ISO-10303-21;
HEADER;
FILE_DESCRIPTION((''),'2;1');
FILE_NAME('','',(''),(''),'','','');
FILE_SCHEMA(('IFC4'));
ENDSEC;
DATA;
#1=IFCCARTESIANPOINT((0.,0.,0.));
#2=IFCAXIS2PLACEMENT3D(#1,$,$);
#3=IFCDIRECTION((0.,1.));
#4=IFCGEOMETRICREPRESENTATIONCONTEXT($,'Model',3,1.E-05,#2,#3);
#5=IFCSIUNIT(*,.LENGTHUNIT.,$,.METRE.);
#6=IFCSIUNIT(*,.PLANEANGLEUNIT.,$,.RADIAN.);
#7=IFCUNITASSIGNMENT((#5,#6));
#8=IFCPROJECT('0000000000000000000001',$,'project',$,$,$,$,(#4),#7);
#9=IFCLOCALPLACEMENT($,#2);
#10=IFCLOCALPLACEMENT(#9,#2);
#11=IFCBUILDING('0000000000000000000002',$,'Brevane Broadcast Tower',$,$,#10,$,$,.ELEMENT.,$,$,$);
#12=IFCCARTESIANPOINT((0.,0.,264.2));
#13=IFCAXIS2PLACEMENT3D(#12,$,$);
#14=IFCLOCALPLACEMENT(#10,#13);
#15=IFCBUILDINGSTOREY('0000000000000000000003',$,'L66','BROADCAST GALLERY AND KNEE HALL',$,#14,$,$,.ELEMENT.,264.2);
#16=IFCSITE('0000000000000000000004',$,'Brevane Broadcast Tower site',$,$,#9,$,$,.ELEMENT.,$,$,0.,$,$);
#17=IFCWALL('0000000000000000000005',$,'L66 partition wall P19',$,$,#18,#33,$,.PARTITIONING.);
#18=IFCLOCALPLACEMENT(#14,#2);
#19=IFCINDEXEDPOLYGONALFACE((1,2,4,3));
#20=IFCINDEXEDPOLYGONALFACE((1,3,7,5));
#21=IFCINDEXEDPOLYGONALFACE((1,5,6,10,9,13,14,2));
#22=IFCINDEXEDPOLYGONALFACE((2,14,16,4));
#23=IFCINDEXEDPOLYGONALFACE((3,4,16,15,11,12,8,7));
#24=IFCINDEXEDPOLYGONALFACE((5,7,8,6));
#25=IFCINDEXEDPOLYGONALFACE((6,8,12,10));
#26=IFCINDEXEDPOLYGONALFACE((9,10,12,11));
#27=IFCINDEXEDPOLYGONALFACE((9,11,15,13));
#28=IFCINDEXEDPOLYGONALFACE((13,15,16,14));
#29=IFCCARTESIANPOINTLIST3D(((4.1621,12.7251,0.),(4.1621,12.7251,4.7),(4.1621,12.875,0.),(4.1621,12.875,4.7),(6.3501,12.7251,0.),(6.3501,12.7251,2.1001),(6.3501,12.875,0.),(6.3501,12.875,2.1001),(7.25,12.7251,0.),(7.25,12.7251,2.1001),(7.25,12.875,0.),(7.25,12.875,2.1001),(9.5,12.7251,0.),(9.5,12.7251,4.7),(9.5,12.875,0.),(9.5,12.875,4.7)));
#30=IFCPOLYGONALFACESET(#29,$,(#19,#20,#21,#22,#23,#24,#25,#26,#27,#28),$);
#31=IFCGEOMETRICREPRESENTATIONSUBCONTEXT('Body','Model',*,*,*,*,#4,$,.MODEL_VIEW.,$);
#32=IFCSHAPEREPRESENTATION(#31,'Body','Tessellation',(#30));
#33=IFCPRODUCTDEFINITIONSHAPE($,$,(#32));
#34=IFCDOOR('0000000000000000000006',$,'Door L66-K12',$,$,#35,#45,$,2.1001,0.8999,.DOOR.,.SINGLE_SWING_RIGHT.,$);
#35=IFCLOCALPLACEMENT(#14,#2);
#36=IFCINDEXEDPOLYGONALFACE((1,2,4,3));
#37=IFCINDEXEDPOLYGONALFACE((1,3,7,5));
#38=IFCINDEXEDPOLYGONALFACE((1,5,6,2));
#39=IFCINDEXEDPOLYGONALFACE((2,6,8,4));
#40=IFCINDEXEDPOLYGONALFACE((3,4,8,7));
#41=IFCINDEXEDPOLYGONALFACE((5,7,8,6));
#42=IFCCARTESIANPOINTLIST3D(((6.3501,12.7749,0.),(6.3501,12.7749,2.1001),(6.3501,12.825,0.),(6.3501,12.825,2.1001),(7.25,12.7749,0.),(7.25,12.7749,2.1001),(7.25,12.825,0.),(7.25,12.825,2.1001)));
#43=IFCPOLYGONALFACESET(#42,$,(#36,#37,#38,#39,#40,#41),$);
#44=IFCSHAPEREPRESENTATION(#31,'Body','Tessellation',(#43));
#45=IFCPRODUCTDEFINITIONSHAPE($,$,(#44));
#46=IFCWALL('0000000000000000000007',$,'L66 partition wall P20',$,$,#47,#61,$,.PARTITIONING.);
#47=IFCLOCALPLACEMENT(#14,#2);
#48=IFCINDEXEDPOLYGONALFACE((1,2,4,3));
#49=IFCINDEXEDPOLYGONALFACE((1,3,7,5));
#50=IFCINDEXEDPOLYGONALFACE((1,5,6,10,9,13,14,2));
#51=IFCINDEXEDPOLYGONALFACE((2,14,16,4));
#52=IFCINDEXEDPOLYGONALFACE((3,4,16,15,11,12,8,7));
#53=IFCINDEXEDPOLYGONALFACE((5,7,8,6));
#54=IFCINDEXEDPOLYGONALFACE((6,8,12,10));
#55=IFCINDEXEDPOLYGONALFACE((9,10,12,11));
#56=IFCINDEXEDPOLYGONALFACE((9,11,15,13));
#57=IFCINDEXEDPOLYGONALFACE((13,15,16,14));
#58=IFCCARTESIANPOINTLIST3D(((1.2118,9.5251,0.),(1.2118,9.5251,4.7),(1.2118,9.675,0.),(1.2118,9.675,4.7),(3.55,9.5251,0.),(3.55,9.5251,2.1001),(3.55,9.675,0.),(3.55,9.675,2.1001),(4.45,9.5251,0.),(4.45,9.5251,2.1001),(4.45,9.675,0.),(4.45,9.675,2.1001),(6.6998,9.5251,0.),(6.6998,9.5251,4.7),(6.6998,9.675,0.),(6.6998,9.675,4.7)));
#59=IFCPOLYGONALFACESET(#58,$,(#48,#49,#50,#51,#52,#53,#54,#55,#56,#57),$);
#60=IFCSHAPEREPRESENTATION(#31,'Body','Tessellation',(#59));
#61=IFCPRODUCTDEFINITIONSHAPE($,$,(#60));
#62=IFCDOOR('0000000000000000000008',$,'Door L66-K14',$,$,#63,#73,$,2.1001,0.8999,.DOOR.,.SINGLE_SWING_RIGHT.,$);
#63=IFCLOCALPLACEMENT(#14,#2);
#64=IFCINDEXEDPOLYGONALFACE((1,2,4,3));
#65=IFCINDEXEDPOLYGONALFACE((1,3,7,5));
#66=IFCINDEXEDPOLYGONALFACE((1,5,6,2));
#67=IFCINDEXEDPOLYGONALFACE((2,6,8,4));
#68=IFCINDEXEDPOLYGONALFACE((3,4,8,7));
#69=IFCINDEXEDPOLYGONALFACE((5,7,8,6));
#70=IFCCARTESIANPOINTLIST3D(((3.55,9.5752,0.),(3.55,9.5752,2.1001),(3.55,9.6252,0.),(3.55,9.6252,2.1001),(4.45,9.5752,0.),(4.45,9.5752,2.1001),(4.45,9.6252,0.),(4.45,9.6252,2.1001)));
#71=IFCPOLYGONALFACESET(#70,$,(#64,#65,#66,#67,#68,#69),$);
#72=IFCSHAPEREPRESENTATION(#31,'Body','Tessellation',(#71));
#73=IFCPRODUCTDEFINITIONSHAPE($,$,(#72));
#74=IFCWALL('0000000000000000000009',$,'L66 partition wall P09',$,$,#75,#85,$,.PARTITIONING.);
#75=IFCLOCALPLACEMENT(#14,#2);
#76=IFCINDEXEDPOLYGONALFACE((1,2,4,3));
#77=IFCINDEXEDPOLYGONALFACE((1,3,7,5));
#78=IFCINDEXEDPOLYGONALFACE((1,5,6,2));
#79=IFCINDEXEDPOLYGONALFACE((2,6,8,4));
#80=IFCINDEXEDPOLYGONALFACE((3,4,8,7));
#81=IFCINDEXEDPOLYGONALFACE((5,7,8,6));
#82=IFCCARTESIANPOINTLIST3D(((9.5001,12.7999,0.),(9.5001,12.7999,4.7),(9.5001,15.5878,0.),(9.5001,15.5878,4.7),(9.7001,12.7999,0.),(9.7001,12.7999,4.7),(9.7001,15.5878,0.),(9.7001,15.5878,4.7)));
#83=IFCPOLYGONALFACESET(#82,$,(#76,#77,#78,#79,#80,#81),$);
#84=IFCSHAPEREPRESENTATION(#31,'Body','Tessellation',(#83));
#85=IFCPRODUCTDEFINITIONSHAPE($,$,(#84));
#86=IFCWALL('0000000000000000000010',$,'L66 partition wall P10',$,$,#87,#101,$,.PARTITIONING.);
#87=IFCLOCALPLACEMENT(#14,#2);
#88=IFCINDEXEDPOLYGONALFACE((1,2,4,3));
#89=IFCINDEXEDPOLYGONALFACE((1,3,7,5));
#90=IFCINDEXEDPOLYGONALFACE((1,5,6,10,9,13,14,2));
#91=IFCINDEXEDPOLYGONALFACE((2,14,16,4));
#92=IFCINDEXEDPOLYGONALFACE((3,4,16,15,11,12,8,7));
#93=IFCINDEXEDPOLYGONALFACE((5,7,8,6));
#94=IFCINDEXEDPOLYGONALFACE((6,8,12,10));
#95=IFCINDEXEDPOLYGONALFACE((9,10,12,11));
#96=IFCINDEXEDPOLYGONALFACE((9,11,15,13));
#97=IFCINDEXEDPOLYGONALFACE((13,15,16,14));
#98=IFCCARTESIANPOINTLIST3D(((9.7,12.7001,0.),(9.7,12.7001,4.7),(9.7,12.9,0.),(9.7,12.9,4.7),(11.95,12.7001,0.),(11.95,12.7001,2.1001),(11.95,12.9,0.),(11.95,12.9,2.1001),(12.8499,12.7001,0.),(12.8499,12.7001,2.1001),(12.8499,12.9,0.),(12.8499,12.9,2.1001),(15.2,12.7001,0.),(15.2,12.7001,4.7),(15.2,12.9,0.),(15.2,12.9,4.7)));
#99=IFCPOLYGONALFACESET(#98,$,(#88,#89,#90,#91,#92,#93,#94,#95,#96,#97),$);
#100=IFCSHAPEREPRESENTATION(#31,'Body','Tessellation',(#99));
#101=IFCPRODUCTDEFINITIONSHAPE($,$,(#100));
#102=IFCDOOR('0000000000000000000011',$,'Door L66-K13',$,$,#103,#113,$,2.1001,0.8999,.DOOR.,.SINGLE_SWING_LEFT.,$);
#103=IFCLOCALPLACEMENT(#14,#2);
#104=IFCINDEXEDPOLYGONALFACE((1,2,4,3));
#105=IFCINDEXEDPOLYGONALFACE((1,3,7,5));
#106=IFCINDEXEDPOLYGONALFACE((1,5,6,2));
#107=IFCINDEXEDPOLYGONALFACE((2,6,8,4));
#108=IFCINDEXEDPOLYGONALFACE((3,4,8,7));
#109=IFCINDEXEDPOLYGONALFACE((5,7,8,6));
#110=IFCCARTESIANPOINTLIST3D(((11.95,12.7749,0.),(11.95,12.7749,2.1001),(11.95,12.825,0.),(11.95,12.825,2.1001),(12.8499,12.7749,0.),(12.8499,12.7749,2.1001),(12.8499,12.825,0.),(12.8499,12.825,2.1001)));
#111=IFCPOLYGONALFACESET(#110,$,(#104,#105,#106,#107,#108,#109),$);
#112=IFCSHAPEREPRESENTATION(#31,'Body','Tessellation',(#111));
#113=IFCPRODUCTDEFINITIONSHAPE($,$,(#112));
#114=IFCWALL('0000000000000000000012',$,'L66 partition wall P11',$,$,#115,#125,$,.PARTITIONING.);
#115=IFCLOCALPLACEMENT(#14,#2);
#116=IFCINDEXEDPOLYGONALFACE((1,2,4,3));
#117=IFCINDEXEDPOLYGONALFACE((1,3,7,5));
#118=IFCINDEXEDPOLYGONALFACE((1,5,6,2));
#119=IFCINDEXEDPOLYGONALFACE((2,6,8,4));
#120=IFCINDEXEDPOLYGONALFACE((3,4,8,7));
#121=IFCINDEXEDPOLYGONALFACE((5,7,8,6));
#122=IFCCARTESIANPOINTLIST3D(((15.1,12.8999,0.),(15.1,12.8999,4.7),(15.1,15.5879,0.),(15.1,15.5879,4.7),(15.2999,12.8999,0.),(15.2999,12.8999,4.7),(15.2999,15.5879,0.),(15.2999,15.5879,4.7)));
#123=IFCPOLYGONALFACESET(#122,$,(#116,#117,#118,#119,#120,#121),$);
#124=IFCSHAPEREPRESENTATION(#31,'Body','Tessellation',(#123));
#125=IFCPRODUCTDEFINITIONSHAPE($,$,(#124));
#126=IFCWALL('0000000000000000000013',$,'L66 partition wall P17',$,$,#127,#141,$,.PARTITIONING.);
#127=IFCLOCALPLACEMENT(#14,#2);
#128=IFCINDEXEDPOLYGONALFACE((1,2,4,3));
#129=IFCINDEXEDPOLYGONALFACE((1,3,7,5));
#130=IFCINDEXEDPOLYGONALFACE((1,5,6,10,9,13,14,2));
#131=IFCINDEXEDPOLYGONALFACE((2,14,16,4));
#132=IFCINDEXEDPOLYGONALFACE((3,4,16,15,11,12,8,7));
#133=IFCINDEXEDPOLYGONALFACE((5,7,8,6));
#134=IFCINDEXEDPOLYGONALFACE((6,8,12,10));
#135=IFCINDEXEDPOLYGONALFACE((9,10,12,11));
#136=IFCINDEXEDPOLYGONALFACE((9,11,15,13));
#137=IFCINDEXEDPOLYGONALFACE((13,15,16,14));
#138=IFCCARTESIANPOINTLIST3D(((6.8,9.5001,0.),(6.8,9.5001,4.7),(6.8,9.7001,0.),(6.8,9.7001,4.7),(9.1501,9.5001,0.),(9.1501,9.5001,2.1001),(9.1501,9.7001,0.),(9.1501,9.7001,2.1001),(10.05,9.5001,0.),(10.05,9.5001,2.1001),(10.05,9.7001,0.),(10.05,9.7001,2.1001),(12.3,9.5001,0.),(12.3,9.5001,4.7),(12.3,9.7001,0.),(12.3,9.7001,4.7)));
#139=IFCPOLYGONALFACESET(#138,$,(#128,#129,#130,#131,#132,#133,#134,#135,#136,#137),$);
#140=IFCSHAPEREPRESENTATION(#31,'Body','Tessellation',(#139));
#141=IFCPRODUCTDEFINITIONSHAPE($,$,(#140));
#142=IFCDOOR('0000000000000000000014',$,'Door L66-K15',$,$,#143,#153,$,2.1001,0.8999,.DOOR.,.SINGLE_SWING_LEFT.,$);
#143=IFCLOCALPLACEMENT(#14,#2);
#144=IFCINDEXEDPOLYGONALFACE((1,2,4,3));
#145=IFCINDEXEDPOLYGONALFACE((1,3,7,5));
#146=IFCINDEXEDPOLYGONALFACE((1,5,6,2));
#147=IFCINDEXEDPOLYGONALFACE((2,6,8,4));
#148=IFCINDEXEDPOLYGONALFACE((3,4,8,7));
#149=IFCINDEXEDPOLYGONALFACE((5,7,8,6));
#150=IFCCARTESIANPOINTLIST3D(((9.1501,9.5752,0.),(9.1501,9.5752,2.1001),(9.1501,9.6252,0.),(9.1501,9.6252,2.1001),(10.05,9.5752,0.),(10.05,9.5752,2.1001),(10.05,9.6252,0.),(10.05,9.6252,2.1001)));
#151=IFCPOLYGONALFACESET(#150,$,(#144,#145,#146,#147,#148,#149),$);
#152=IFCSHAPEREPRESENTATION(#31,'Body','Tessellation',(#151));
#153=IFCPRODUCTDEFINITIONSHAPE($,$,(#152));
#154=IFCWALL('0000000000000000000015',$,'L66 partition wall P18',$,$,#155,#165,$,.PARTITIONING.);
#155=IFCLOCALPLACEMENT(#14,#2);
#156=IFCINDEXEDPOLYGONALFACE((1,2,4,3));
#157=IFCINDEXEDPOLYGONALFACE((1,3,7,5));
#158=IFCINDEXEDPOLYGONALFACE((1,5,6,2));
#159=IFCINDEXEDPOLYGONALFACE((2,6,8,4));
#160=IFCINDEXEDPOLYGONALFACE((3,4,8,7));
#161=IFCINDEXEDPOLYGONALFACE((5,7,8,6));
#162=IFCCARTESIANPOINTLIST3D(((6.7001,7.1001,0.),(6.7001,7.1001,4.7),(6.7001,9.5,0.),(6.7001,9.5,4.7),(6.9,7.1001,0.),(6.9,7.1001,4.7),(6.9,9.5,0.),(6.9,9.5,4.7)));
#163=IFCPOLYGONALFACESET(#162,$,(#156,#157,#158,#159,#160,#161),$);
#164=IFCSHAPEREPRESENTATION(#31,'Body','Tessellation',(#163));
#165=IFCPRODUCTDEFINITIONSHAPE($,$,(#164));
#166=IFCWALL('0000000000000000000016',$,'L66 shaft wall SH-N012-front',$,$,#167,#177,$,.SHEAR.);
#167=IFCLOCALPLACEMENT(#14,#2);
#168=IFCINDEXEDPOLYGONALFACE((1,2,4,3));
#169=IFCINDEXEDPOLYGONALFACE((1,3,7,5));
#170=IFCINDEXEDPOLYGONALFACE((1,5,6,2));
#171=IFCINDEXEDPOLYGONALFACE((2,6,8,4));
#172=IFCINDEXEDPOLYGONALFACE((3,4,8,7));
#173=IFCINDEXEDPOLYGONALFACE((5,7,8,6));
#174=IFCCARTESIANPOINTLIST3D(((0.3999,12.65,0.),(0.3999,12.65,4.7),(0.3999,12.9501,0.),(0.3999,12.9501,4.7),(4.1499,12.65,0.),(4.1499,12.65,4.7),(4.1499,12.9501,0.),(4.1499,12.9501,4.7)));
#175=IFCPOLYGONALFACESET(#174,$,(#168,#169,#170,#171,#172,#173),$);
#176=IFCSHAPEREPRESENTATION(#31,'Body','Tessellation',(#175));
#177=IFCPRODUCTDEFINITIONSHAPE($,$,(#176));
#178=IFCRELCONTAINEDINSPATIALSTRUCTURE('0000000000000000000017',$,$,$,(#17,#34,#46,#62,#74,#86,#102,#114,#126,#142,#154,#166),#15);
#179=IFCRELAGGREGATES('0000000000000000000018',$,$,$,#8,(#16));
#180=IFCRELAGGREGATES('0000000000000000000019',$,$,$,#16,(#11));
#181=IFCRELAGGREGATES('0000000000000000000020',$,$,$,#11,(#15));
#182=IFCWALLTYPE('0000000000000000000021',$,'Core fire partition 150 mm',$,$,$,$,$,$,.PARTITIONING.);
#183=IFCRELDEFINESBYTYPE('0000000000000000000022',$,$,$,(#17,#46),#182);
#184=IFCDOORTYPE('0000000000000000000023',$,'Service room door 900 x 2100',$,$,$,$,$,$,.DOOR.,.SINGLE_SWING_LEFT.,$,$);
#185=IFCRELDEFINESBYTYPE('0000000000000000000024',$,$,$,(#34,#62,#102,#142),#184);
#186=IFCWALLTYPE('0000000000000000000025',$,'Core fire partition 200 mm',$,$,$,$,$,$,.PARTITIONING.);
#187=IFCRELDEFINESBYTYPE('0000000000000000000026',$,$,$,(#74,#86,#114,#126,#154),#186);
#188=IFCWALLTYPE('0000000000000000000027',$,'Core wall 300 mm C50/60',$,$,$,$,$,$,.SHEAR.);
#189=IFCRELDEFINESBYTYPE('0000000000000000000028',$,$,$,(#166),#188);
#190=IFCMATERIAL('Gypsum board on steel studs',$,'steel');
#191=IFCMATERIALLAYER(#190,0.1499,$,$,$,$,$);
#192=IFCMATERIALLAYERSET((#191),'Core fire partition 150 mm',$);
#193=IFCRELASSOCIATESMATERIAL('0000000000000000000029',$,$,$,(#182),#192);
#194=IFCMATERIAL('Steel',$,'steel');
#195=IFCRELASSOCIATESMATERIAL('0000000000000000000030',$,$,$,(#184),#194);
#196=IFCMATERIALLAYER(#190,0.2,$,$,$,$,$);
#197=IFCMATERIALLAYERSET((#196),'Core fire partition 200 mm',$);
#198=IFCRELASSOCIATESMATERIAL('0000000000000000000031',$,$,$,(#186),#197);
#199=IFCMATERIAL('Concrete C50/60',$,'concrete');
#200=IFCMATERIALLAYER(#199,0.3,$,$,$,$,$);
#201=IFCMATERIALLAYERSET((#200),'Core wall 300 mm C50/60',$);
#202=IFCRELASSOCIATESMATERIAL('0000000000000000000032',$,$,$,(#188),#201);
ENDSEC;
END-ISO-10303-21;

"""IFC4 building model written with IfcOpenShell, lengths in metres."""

from ifc_helpers import new_model, si_unit, direction, frame, frame_2d, origin, place, context, subcontext, project, spatial, rectangle, extrude, material, layer, layer_set, type_object, element, fill, save


model = new_model("IFC4")

# Units and contexts
model_context = context("Model", 3, precision=1e-05, world=origin(), true_north=direction((0.0, 1.0)))
body_context = subcontext(model_context, "Body", "Model", "MODEL_VIEW")
ifc_project = project(units=[si_unit("LENGTHUNIT", "METRE"), si_unit("PLANEANGLEUNIT", "RADIAN")], contexts=[model_context])

# Site, building, storey
site_placement = place(None, origin())
site = spatial("IfcSite", under=ifc_project, at=site_placement, Name="Brevane Broadcast Tower site", CompositionType="ELEMENT", RefElevation=0.0)
building_placement = place(site_placement, origin())
building = spatial("IfcBuilding", under=site, at=building_placement, Name="Brevane Broadcast Tower", CompositionType="ELEMENT")
storey_placement = place(building_placement, frame((0.0, 0.0, 264.2)))
storey = spatial("IfcBuildingStorey", under=building, at=storey_placement, Name="L66", Description="BROADCAST GALLERY AND KNEE HALL", CompositionType="ELEMENT", Elevation=264.2)

# Walls, openings, doors
ifc_material_1 = material(Name="Gypsum board on steel studs", Category="steel")
ifc_layer_1 = layer(ifc_material_1, 0.1499)
ifc_layer_set_1 = layer_set([ifc_layer_1], Name="Core fire partition 150 mm")
wall_type_1 = type_object("IfcWallType", Name="Core fire partition 150 mm", PredefinedType="PARTITIONING", material=ifc_layer_set_1)
wall_1_placement = place(storey_placement, frame((4.1621, 12.8, 0.0), z_axis=(0.0, 0.0, 1.0), x_axis=(1.0, 0.0, 0.0)))
wall_1 = element("IfcWall", 1, at=wall_1_placement, inside=storey, type_object=wall_type_1, Name="L66 partition wall P19", PredefinedType="PARTITIONING", context=body_context, shape_type="SweptSolid", body=[
    extrude(rectangle(XDim=5.3379, YDim=0.1499, at=frame_2d((2.6689, 0.0))), origin(), (0.0, 0.0, 1.0), 4.7),
])
opening_1_placement = place(wall_1_placement, frame((2.188, 0.0, 0.0)))
opening_1 = element("IfcOpeningElement", 2, at=opening_1_placement, cuts=wall_1, PredefinedType="OPENING", context=body_context, shape_type="SweptSolid", body=[
    extrude(rectangle(XDim=0.8999, YDim=2.1001, at=frame_2d((0.45, 1.05))), frame((0.0, 0.085, 0.0), z_axis=(0.0, -1.0, 0.0), x_axis=(1.0, 0.0, 0.0)), (0.0, 0.0, 1.0), 0.1699),
])
ifc_material_2 = material(Name="Steel", Category="steel")
door_type_1 = type_object("IfcDoorType", Name="Service room door 900 x 2100", OperationType="SINGLE_SWING_LEFT", PredefinedType="DOOR", material=ifc_material_2)
door_1_placement = place(opening_1_placement, origin())
door_1 = element("IfcDoor", 3, at=door_1_placement, inside=storey, type_object=door_type_1, Name="Door L66-K12", OperationType="SINGLE_SWING_RIGHT", OverallHeight=2.1001, OverallWidth=0.8999, PredefinedType="DOOR", context=body_context, shape_type="SweptSolid", body=[
    extrude(rectangle(XDim=0.8999, YDim=2.1001, at=frame_2d((0.45, 1.05))), frame((0.0, 0.0249, 0.0), z_axis=(0.0, -1.0, 0.0), x_axis=(1.0, 0.0, 0.0)), (0.0, 0.0, 1.0), 0.05),
])
fill(opening_1, door_1)
wall_2_placement = place(storey_placement, frame((6.7, 9.6001, 0.0), z_axis=(0.0, 0.0, 1.0), x_axis=(-1.0, 0.0, 0.0)))
wall_2 = element("IfcWall", 4, at=wall_2_placement, inside=storey, type_object=wall_type_1, Name="L66 partition wall P20", PredefinedType="PARTITIONING", context=body_context, shape_type="SweptSolid", body=[
    extrude(rectangle(XDim=5.488, YDim=0.1499, at=frame_2d((2.7441, 0.0))), origin(), (0.0, 0.0, 1.0), 4.7),
])
opening_2_placement = place(wall_2_placement, frame((2.25, 0.0, 0.0)))
opening_2 = element("IfcOpeningElement", 5, at=opening_2_placement, cuts=wall_2, PredefinedType="OPENING", context=body_context, shape_type="SweptSolid", body=[
    extrude(rectangle(XDim=0.8999, YDim=2.1001, at=frame_2d((0.45, 1.05))), frame((0.0, 0.085, 0.0), z_axis=(0.0, -1.0, 0.0), x_axis=(1.0, 0.0, 0.0)), (0.0, 0.0, 1.0), 0.1699),
])
door_2_placement = place(opening_2_placement, origin())
door_2 = element("IfcDoor", 6, at=door_2_placement, inside=storey, type_object=door_type_1, Name="Door L66-K14", OperationType="SINGLE_SWING_RIGHT", OverallHeight=2.1001, OverallWidth=0.8999, PredefinedType="DOOR", context=body_context, shape_type="SweptSolid", body=[
    extrude(rectangle(XDim=0.8999, YDim=2.1001, at=frame_2d((0.45, 1.05))), frame((0.0, 0.0249, 0.0), z_axis=(0.0, -1.0, 0.0), x_axis=(1.0, 0.0, 0.0)), (0.0, 0.0, 1.0), 0.05),
])
fill(opening_2, door_2)

# Wall
ifc_layer_2 = layer(ifc_material_1, 0.2)
ifc_layer_set_2 = layer_set([ifc_layer_2], Name="Core fire partition 200 mm")
wall_type_2 = type_object("IfcWallType", Name="Core fire partition 200 mm", PredefinedType="PARTITIONING", material=ifc_layer_set_2)
wall_3_placement = place(storey_placement, frame((9.6001, 15.5879, 0.0), z_axis=(0.0, 0.0, 1.0), x_axis=(0.0, -1.0, 0.0)))
element("IfcWall", 7, at=wall_3_placement, inside=storey, type_object=wall_type_2, Name="L66 partition wall P09", PredefinedType="PARTITIONING", context=body_context, shape_type="SweptSolid", body=[
    extrude(rectangle(XDim=2.7878, YDim=0.2, at=frame_2d((1.394, 0.0))), origin(), (0.0, 0.0, 1.0), 4.7),
])

# Wall, opening, door
wall_4_placement = place(storey_placement, frame((9.7, 12.8, 0.0), z_axis=(0.0, 0.0, 1.0), x_axis=(1.0, 0.0, 0.0)))
wall_4 = element("IfcWall", 8, at=wall_4_placement, inside=storey, type_object=wall_type_2, Name="L66 partition wall P10", PredefinedType="PARTITIONING", context=body_context, shape_type="SweptSolid", body=[
    extrude(rectangle(XDim=5.5, YDim=0.2, at=frame_2d((2.75, 0.0))), origin(), (0.0, 0.0, 1.0), 4.7),
])
opening_3_placement = place(wall_4_placement, frame((2.25, 0.0, 0.0)))
opening_3 = element("IfcOpeningElement", 9, at=opening_3_placement, cuts=wall_4, PredefinedType="OPENING", context=body_context, shape_type="SweptSolid", body=[
    extrude(rectangle(XDim=0.8999, YDim=2.1001, at=frame_2d((0.45, 1.05))), frame((0.0, 0.1099, 0.0), z_axis=(0.0, -1.0, 0.0), x_axis=(1.0, 0.0, 0.0)), (0.0, 0.0, 1.0), 0.22),
])
door_3_placement = place(opening_3_placement, origin())
door_3 = element("IfcDoor", 10, at=door_3_placement, inside=storey, type_object=door_type_1, Name="Door L66-K13", OperationType="SINGLE_SWING_LEFT", OverallHeight=2.1001, OverallWidth=0.8999, PredefinedType="DOOR", context=body_context, shape_type="SweptSolid", body=[
    extrude(rectangle(XDim=0.8999, YDim=2.1001, at=frame_2d((0.45, 1.05))), frame((0.0, 0.0249, 0.0), z_axis=(0.0, -1.0, 0.0), x_axis=(1.0, 0.0, 0.0)), (0.0, 0.0, 1.0), 0.05),
])
fill(opening_3, door_3)

# Wall
wall_5_placement = place(storey_placement, frame((15.2, 12.8999, 0.0), z_axis=(0.0, 0.0, 1.0), x_axis=(0.0, 1.0, 0.0)))
element("IfcWall", 11, at=wall_5_placement, inside=storey, type_object=wall_type_2, Name="L66 partition wall P11", PredefinedType="PARTITIONING", context=body_context, shape_type="SweptSolid", body=[
    extrude(rectangle(XDim=2.688, YDim=0.2, at=frame_2d((1.344, 0.0))), origin(), (0.0, 0.0, 1.0), 4.7),
])

# Wall, opening, door
wall_6_placement = place(storey_placement, frame((12.3, 9.6001, 0.0), z_axis=(0.0, 0.0, 1.0), x_axis=(-1.0, 0.0, 0.0)))
wall_6 = element("IfcWall", 12, at=wall_6_placement, inside=storey, type_object=wall_type_2, Name="L66 partition wall P17", PredefinedType="PARTITIONING", context=body_context, shape_type="SweptSolid", body=[
    extrude(rectangle(XDim=5.5, YDim=0.2, at=frame_2d((2.75, 0.0))), origin(), (0.0, 0.0, 1.0), 4.7),
])
opening_4_placement = place(wall_6_placement, frame((2.25, 0.0, 0.0)))
opening_4 = element("IfcOpeningElement", 13, at=opening_4_placement, cuts=wall_6, PredefinedType="OPENING", context=body_context, shape_type="SweptSolid", body=[
    extrude(rectangle(XDim=0.8999, YDim=2.1001, at=frame_2d((0.45, 1.05))), frame((0.0, 0.1099, 0.0), z_axis=(0.0, -1.0, 0.0), x_axis=(1.0, 0.0, 0.0)), (0.0, 0.0, 1.0), 0.22),
])
door_4_placement = place(opening_4_placement, origin())
door_4 = element("IfcDoor", 14, at=door_4_placement, inside=storey, type_object=door_type_1, Name="Door L66-K15", OperationType="SINGLE_SWING_LEFT", OverallHeight=2.1001, OverallWidth=0.8999, PredefinedType="DOOR", context=body_context, shape_type="SweptSolid", body=[
    extrude(rectangle(XDim=0.8999, YDim=2.1001, at=frame_2d((0.45, 1.05))), frame((0.0, 0.0249, 0.0), z_axis=(0.0, -1.0, 0.0), x_axis=(1.0, 0.0, 0.0)), (0.0, 0.0, 1.0), 0.05),
])
fill(opening_4, door_4)

# Walls
wall_7_placement = place(storey_placement, frame((6.8, 9.5, 0.0), z_axis=(0.0, 0.0, 1.0), x_axis=(0.0, -1.0, 0.0)))
element("IfcWall", 15, at=wall_7_placement, inside=storey, type_object=wall_type_2, Name="L66 partition wall P18", PredefinedType="PARTITIONING", context=body_context, shape_type="SweptSolid", body=[
    extrude(rectangle(XDim=2.3999, YDim=0.2, at=frame_2d((1.2, 0.0))), origin(), (0.0, 0.0, 1.0), 4.7),
])
ifc_material_3 = material(Name="Concrete C50/60", Category="concrete")
ifc_layer_3 = layer(ifc_material_3, 0.3)
ifc_layer_set_3 = layer_set([ifc_layer_3], Name="Core wall 300 mm C50/60")
wall_type_3 = type_object("IfcWallType", Name="Core wall 300 mm C50/60", PredefinedType="SHEAR", material=ifc_layer_set_3)
wall_8_placement = place(storey_placement, frame((0.3999, 12.8, 0.0), z_axis=(0.0, 0.0, 1.0), x_axis=(1.0, 0.0, 0.0)))
element("IfcWall", 16, at=wall_8_placement, inside=storey, type_object=wall_type_3, Name="L66 shaft wall SH-N012-front", PredefinedType="SHEAR", context=body_context, shape_type="SweptSolid", body=[
    extrude(rectangle(XDim=3.75, YDim=0.3, at=frame_2d((1.875, 0.0))), origin(), (0.0, 0.0, 1.0), 4.7),
])

save(model, "model.ifc")
